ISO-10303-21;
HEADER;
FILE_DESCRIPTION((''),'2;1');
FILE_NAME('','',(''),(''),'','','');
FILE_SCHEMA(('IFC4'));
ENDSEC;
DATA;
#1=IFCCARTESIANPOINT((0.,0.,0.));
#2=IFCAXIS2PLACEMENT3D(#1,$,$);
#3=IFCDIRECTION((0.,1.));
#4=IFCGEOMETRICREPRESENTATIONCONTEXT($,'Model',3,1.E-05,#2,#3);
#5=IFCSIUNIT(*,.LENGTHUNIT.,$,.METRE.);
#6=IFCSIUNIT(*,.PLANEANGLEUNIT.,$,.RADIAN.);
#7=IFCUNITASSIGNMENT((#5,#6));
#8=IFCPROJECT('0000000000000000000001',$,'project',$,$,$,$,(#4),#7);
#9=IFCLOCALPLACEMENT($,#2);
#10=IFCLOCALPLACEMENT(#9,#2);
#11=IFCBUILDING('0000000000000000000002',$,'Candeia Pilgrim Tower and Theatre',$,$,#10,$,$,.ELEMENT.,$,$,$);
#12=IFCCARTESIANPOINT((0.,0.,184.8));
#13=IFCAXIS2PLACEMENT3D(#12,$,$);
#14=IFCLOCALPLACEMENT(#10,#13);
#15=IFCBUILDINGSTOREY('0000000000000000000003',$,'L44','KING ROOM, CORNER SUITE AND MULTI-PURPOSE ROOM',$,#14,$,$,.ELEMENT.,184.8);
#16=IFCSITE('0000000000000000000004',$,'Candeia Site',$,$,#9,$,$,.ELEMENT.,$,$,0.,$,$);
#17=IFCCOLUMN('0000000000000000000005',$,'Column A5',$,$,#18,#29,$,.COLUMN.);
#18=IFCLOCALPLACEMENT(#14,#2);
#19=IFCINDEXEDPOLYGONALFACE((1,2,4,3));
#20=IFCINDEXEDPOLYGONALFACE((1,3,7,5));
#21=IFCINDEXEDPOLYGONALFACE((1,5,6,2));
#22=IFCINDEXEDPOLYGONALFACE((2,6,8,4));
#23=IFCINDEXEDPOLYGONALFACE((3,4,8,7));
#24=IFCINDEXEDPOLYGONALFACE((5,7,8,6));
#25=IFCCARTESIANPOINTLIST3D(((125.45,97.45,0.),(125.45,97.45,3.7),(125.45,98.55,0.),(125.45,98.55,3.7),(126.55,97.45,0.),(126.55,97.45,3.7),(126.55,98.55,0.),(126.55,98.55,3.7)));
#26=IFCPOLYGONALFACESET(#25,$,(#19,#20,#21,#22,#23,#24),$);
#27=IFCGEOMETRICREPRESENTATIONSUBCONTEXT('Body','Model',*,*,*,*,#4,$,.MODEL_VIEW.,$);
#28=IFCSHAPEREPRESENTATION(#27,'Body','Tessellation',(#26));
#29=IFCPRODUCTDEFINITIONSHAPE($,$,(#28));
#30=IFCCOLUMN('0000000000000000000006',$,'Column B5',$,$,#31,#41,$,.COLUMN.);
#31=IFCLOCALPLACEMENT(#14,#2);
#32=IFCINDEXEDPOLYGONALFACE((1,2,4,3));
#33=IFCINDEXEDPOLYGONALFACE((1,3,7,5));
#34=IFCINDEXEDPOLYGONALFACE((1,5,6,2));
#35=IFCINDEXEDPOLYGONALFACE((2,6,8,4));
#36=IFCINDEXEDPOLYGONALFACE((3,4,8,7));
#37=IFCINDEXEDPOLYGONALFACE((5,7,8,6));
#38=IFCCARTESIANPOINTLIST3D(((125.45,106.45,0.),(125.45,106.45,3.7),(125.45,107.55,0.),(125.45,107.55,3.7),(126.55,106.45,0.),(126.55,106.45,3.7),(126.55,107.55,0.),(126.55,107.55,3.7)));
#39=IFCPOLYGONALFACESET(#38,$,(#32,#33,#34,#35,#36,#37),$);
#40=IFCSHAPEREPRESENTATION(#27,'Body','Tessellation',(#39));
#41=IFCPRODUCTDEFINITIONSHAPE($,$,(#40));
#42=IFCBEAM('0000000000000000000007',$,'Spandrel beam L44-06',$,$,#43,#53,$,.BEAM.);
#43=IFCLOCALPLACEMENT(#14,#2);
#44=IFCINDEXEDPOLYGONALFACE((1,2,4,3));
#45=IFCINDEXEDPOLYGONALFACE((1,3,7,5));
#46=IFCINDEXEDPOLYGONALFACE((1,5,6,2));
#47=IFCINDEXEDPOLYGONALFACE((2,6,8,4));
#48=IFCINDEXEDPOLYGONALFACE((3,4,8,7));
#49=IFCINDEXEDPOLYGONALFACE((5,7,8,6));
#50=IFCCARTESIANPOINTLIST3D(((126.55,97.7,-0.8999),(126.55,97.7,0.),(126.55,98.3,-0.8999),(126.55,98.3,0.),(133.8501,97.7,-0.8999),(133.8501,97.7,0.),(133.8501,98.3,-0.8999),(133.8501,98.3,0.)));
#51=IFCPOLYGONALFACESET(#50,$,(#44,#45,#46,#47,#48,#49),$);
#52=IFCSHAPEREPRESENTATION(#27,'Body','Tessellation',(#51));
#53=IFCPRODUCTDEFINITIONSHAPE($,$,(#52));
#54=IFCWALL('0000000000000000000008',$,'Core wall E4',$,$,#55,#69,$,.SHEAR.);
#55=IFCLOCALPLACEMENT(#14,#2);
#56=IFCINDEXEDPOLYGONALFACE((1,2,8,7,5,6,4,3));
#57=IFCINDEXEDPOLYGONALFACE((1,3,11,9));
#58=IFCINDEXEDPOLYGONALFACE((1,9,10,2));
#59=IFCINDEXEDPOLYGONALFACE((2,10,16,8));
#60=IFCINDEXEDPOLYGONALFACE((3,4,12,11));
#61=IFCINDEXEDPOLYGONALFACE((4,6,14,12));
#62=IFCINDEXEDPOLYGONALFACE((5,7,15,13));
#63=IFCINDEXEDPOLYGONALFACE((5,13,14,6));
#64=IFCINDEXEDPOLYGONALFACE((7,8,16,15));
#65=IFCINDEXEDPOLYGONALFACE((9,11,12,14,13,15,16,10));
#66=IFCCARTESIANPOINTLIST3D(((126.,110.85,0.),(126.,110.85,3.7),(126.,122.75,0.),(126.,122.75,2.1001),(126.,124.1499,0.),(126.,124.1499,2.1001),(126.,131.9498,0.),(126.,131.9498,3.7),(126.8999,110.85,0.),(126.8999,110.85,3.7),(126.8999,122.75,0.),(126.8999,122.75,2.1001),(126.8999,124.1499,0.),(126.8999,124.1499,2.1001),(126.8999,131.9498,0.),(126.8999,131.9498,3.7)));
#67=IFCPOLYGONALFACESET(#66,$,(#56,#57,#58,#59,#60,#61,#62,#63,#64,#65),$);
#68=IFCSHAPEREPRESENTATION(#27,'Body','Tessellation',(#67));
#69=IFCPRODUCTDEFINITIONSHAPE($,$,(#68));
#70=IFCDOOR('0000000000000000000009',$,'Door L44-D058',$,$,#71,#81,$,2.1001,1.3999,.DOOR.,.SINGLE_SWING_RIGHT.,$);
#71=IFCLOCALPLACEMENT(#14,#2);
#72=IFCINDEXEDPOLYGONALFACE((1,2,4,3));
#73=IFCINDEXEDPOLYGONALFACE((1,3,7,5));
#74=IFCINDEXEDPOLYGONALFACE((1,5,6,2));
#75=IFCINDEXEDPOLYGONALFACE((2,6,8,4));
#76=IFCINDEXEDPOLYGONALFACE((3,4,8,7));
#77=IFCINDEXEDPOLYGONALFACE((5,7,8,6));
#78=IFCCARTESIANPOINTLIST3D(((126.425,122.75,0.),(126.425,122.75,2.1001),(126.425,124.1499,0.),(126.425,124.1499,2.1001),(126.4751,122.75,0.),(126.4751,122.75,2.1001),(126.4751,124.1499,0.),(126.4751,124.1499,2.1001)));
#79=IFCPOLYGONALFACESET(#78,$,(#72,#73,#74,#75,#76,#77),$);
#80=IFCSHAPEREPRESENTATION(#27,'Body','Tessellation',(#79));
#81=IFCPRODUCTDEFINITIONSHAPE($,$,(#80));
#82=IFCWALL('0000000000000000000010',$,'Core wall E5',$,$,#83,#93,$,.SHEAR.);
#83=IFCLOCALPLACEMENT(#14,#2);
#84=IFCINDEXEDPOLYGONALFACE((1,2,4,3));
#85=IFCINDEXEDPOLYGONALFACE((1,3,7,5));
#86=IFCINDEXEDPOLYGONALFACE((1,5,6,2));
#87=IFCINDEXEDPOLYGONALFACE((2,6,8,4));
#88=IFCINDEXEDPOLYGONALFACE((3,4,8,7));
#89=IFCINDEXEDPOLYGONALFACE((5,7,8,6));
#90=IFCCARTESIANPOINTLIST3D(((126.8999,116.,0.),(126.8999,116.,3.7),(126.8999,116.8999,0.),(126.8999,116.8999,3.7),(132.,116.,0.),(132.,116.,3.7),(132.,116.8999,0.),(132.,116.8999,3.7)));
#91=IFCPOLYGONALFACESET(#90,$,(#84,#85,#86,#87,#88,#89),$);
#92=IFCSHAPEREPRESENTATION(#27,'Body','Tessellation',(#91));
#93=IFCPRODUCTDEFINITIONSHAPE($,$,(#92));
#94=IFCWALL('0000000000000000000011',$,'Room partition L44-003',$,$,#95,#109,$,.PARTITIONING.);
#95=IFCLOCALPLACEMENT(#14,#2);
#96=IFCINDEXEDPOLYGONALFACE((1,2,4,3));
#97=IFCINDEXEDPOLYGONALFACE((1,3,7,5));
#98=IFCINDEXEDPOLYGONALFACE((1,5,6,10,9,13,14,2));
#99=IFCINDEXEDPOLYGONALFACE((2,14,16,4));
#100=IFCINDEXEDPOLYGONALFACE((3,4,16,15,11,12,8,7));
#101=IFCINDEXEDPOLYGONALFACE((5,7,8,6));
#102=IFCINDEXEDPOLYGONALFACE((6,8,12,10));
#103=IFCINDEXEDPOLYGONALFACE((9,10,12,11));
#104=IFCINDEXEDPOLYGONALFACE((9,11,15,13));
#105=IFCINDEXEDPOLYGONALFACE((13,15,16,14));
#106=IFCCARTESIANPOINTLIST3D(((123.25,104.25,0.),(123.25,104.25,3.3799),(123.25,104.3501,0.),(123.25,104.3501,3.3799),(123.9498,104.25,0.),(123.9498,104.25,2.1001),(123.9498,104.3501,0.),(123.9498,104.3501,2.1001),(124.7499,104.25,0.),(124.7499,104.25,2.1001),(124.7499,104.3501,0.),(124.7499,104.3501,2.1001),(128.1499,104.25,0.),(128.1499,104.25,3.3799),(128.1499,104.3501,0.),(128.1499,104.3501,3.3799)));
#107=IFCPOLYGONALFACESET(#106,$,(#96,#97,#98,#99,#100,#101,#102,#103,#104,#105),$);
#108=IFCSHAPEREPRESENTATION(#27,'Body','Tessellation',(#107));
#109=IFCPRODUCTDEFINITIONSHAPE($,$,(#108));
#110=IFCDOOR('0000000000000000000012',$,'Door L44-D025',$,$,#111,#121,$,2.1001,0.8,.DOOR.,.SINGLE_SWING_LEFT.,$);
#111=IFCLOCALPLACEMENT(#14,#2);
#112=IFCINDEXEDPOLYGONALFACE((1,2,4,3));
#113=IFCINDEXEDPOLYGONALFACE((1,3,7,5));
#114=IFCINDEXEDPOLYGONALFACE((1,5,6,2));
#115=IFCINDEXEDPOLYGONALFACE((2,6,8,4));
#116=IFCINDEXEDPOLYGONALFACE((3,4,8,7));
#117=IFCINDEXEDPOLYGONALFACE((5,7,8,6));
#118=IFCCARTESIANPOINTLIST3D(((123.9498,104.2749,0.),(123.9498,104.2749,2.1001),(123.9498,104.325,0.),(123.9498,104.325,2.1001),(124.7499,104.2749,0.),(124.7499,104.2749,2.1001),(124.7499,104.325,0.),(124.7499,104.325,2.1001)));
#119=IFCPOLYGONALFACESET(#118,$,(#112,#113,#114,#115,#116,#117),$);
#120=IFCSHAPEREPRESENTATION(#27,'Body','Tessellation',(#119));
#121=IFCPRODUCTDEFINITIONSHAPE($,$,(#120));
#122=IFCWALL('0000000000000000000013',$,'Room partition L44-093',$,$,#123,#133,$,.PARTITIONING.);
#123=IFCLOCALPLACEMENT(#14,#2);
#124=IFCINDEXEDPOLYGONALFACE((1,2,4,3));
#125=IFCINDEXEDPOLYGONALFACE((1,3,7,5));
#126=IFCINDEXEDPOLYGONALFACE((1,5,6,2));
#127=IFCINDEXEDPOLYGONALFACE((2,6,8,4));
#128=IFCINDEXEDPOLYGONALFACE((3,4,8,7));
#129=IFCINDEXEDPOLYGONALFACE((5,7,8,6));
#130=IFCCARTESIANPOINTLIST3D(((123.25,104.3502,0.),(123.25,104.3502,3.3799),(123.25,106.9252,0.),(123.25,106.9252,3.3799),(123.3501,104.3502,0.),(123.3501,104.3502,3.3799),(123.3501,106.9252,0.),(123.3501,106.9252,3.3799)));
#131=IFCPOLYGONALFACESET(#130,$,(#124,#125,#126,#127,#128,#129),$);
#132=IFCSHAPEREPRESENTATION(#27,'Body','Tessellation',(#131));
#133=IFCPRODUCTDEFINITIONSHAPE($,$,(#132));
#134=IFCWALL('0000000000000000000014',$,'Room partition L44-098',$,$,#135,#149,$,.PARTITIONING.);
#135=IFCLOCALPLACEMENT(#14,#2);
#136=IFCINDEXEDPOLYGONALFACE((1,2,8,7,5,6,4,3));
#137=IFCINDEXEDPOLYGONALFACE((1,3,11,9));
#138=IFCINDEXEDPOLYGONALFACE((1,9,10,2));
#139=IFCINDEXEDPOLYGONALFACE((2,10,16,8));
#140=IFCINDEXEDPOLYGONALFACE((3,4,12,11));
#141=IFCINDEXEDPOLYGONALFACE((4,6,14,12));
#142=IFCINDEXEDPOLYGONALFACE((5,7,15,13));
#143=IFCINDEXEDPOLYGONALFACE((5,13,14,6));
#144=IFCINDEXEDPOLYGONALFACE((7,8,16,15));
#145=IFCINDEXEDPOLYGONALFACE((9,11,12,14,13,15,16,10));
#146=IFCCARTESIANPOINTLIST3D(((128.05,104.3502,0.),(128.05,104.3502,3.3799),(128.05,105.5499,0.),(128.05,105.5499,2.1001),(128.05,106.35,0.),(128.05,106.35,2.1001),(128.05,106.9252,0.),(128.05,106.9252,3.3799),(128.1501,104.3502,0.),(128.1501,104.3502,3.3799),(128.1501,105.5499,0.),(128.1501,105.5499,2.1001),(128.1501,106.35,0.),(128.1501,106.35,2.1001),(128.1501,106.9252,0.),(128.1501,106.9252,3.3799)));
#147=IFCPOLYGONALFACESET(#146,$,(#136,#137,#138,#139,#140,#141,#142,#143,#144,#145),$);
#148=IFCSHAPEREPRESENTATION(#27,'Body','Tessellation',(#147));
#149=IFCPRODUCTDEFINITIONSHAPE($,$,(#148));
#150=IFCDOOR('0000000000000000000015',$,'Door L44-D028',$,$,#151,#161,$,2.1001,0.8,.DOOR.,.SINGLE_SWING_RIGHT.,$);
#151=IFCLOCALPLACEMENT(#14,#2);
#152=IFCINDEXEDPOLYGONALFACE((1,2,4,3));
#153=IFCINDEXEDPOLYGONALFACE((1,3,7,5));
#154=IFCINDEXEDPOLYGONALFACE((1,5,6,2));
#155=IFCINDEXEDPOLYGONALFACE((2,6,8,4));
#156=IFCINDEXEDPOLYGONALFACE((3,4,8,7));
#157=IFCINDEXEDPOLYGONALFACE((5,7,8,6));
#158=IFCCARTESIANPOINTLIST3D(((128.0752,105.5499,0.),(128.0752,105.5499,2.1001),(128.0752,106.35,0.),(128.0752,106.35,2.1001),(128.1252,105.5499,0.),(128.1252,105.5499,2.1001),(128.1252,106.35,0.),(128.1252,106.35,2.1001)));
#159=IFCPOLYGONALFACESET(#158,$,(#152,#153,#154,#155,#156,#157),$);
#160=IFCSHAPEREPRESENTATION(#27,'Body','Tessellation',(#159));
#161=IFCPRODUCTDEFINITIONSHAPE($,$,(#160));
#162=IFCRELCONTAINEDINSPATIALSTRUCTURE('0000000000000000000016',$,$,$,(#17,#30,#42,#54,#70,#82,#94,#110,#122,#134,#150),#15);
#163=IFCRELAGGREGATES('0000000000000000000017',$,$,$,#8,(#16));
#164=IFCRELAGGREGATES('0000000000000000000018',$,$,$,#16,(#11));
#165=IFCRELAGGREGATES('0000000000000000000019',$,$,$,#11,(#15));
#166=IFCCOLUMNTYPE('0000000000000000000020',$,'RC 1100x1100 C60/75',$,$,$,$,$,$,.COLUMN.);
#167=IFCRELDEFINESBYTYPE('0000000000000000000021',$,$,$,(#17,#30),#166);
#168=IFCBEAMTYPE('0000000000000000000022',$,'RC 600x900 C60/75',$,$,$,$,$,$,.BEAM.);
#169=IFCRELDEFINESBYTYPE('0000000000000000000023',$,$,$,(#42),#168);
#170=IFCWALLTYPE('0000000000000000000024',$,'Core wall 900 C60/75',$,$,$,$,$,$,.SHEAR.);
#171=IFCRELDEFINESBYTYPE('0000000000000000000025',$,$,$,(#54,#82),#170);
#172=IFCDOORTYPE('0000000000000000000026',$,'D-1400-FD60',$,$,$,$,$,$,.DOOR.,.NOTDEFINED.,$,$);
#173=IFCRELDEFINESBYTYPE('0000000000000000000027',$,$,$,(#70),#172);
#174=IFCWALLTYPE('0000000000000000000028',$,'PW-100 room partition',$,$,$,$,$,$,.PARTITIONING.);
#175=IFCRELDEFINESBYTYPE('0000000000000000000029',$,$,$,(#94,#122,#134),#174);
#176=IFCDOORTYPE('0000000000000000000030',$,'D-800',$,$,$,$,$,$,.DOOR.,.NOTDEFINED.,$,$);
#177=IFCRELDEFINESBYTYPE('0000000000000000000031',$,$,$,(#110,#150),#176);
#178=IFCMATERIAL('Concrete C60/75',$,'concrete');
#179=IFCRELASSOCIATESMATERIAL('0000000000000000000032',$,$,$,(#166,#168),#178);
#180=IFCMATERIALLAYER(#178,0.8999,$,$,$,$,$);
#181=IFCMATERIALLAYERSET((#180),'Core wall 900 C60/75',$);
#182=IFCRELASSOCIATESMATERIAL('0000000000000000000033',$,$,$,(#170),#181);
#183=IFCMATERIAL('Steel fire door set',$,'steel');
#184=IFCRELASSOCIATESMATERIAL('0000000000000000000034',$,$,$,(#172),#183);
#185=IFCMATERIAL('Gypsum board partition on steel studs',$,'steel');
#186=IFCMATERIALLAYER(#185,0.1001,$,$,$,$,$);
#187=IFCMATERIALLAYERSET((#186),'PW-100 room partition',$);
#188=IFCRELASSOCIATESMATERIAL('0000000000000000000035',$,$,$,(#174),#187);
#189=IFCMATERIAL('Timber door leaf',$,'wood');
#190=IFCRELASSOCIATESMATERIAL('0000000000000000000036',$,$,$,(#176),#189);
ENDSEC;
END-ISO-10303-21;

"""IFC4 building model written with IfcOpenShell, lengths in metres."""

from ifc_helpers import new_model, si_unit, direction, frame, frame_2d, origin, origin_2d, place, context, subcontext, project, spatial, rectangle, extrude, material, layer, layer_set, material_profile, profile_set, type_object, element, fill, save


model = new_model("IFC4")

# Units and contexts
model_context = context("Model", 3, precision=1e-05, world=origin(), true_north=direction((0.0, 1.0)))
body_context = subcontext(model_context, "Body", "Model", "MODEL_VIEW")
ifc_project = project(units=[si_unit("LENGTHUNIT", "METRE"), si_unit("PLANEANGLEUNIT", "RADIAN")], contexts=[model_context])

# Site, building, storey
site_placement = place(None, origin())
site = spatial("IfcSite", under=ifc_project, at=site_placement, Name="Candeia Site", CompositionType="ELEMENT", RefElevation=0.0)
building_placement = place(site_placement, origin())
building = spatial("IfcBuilding", under=site, at=building_placement, Name="Candeia Pilgrim Tower and Theatre", CompositionType="ELEMENT")
storey_placement = place(building_placement, frame((0.0, 0.0, 184.8)))
storey = spatial("IfcBuildingStorey", under=building, at=storey_placement, Name="L44", Description="KING ROOM, CORNER SUITE AND MULTI-PURPOSE ROOM", CompositionType="ELEMENT", Elevation=184.8)

# Columns
ifc_material_1 = material(Name="Concrete C60/75", Category="concrete")
ifc_material_profile_1 = material_profile(ifc_material_1, rectangle(XDim=1.1001, YDim=1.1001, at=origin_2d()))
ifc_profile_set_1 = profile_set([ifc_material_profile_1], Name="Concrete C60/75")
column_type = type_object("IfcColumnType", Name="RC 1100x1100 C60/75", PredefinedType="COLUMN", material=ifc_profile_set_1)
for number, where, z_axis, x_axis, name in (
    (1, (126.0, 98.0, 0.0), (0.0, 0.0, 1.0), (1.0, 0.0, 0.0), "Column A5"),
    (2, (126.0, 107.0, 0.0), (0.0, 0.0, 1.0), (1.0, 0.0, 0.0), "Column B5"),
):
    element("IfcColumn", number, at=place(storey_placement, frame(where, z_axis=z_axis, x_axis=x_axis)), inside=storey, type_object=column_type, Name=name, PredefinedType="COLUMN", context=body_context, shape_type="SweptSolid", body=[
        extrude(rectangle(XDim=1.1001, YDim=1.1001, at=origin_2d()), origin(), (0.0, 0.0, 1.0), 3.7),
    ])

# Beam
ifc_material_profile_2 = material_profile(ifc_material_1, rectangle(XDim=0.6001, YDim=0.8999, at=origin_2d()))
ifc_profile_set_2 = profile_set([ifc_material_profile_2], Name="Concrete C60/75")
beam_type = type_object("IfcBeamType", Name="RC 600x900 C60/75", PredefinedType="BEAM", material=ifc_profile_set_2)
beam_placement = place(storey_placement, frame((126.55, 98.0, -0.45), z_axis=(1.0, 0.0, 0.0), x_axis=(0.0, 1.0, 0.0)))
element("IfcBeam", 3, at=beam_placement, inside=storey, type_object=beam_type, Name="Spandrel beam L44-06", PredefinedType="BEAM", context=body_context, shape_type="SweptSolid", body=[
    extrude(rectangle(XDim=0.6001, YDim=0.8999, at=origin_2d()), origin(), (0.0, 0.0, 1.0), 7.3),
])

# Wall, opening, door
ifc_layer_1 = layer(ifc_material_1, 0.8999)
ifc_layer_set_1 = layer_set([ifc_layer_1], Name="Core wall 900 C60/75")
wall_type_1 = type_object("IfcWallType", Name="Core wall 900 C60/75", PredefinedType="SHEAR", material=ifc_layer_set_1)
wall_1_placement = place(storey_placement, frame((126.45, 110.8501, 0.0), z_axis=(0.0, 0.0, 1.0), x_axis=(0.0, 1.0, 0.0)))
wall_1 = element("IfcWall", 4, at=wall_1_placement, inside=storey, type_object=wall_type_1, Name="Core wall E4", PredefinedType="SHEAR", context=body_context, shape_type="SweptSolid", body=[
    extrude(rectangle(XDim=21.0999, YDim=0.8999, at=frame_2d((10.5498, 0.0))), origin(), (0.0, 0.0, 1.0), 3.7),
])
opening_1_placement = place(wall_1_placement, frame((11.8999, 0.0, 0.0)))
opening_1 = element("IfcOpeningElement", 5, at=opening_1_placement, cuts=wall_1, PredefinedType="OPENING", context=body_context, shape_type="SweptSolid", body=[
    extrude(rectangle(XDim=1.3999, YDim=2.1001, at=frame_2d((0.7, 1.05))), frame((0.0, 0.46, 0.0), z_axis=(0.0, -1.0, 0.0), x_axis=(1.0, 0.0, 0.0)), (0.0, 0.0, 1.0), 0.9199),
])
ifc_material_2 = material(Name="Steel fire door set", Category="steel")
door_type_1 = type_object("IfcDoorType", Name="D-1400-FD60", OperationType="NOTDEFINED", PredefinedType="DOOR", material=ifc_material_2)
door_1_placement = place(opening_1_placement, origin())
door_1 = element("IfcDoor", 6, at=door_1_placement, inside=storey, type_object=door_type_1, Name="Door L44-D058", OperationType="SINGLE_SWING_RIGHT", OverallHeight=2.1001, OverallWidth=1.3999, PredefinedType="DOOR", context=body_context, shape_type="SweptSolid", body=[
    extrude(rectangle(XDim=1.3999, YDim=2.1001, at=frame_2d((0.7, 1.05))), frame((0.0, 0.0249, 0.0), z_axis=(0.0, -1.0, 0.0), x_axis=(1.0, 0.0, 0.0)), (0.0, 0.0, 1.0), 0.05),
])
fill(opening_1, door_1)

# Wall
wall_2_placement = place(storey_placement, frame((126.8999, 116.45, 0.0), z_axis=(0.0, 0.0, 1.0), x_axis=(1.0, 0.0, 0.0)))
element("IfcWall", 7, at=wall_2_placement, inside=storey, type_object=wall_type_1, Name="Core wall E5", PredefinedType="SHEAR", context=body_context, shape_type="SweptSolid", body=[
    extrude(rectangle(XDim=5.1001, YDim=0.8999, at=frame_2d((2.55, 0.0))), origin(), (0.0, 0.0, 1.0), 3.7),
])

# Wall, opening, door
ifc_material_3 = material(Name="Gypsum board partition on steel studs", Category="steel")
ifc_layer_2 = layer(ifc_material_3, 0.1001)
ifc_layer_set_2 = layer_set([ifc_layer_2], Name="PW-100 room partition")
wall_type_2 = type_object("IfcWallType", Name="PW-100 room partition", PredefinedType="PARTITIONING", material=ifc_layer_set_2)
wall_3_placement = place(storey_placement, frame((123.25, 104.3, 0.0), z_axis=(0.0, 0.0, 1.0), x_axis=(1.0, 0.0, 0.0)))
wall_3 = element("IfcWall", 8, at=wall_3_placement, inside=storey, type_object=wall_type_2, Name="Room partition L44-003", PredefinedType="PARTITIONING", context=body_context, shape_type="SweptSolid", body=[
    extrude(rectangle(XDim=4.8999, YDim=0.1001, at=frame_2d((2.45, 0.0))), origin(), (0.0, 0.0, 1.0), 3.3799),
])
opening_2_placement = place(wall_3_placement, frame((0.7, 0.0, 0.0)))
opening_2 = element("IfcOpeningElement", 9, at=opening_2_placement, cuts=wall_3, PredefinedType="OPENING", context=body_context, shape_type="SweptSolid", body=[
    extrude(rectangle(XDim=0.8, YDim=2.1001, at=frame_2d((0.3999, 1.05))), frame((0.0, 0.0601, 0.0), z_axis=(0.0, -1.0, 0.0), x_axis=(1.0, 0.0, 0.0)), (0.0, 0.0, 1.0), 0.1201),
])
ifc_material_4 = material(Name="Timber door leaf", Category="wood")
door_type_2 = type_object("IfcDoorType", Name="D-800", OperationType="NOTDEFINED", PredefinedType="DOOR", material=ifc_material_4)
door_2_placement = place(opening_2_placement, origin())
door_2 = element("IfcDoor", 10, at=door_2_placement, inside=storey, type_object=door_type_2, Name="Door L44-D025", OperationType="SINGLE_SWING_LEFT", OverallHeight=2.1001, OverallWidth=0.8, PredefinedType="DOOR", context=body_context, shape_type="SweptSolid", body=[
    extrude(rectangle(XDim=0.8, YDim=2.1001, at=frame_2d((0.3999, 1.05))), frame((0.0, 0.0249, 0.0), z_axis=(0.0, -1.0, 0.0), x_axis=(1.0, 0.0, 0.0)), (0.0, 0.0, 1.0), 0.05),
])
fill(opening_2, door_2)

# Wall
wall_4_placement = place(storey_placement, frame((123.3, 104.3501, 0.0), z_axis=(0.0, 0.0, 1.0), x_axis=(0.0, 1.0, 0.0)))
element("IfcWall", 11, at=wall_4_placement, inside=storey, type_object=wall_type_2, Name="Room partition L44-093", PredefinedType="PARTITIONING", context=body_context, shape_type="SweptSolid", body=[
    extrude(rectangle(XDim=2.575, YDim=0.1001, at=frame_2d((1.2876, 0.0))), origin(), (0.0, 0.0, 1.0), 3.3799),
])

# Wall, opening, door
wall_5_placement = place(storey_placement, frame((128.1001, 104.3501, 0.0), z_axis=(0.0, 0.0, 1.0), x_axis=(0.0, 1.0, 0.0)))
wall_5 = element("IfcWall", 12, at=wall_5_placement, inside=storey, type_object=wall_type_2, Name="Room partition L44-098", PredefinedType="PARTITIONING", context=body_context, shape_type="SweptSolid", body=[
    extrude(rectangle(XDim=2.575, YDim=0.1001, at=frame_2d((1.2876, 0.0))), origin(), (0.0, 0.0, 1.0), 3.3799),
])
opening_3_placement = place(wall_5_placement, frame((1.2, 0.0, 0.0)))
opening_3 = element("IfcOpeningElement", 13, at=opening_3_placement, cuts=wall_5, PredefinedType="OPENING", context=body_context, shape_type="SweptSolid", body=[
    extrude(rectangle(XDim=0.8, YDim=2.1001, at=frame_2d((0.3999, 1.05))), frame((0.0, 0.0601, 0.0), z_axis=(0.0, -1.0, 0.0), x_axis=(1.0, 0.0, 0.0)), (0.0, 0.0, 1.0), 0.1201),
])
door_3_placement = place(opening_3_placement, origin())
door_3 = element("IfcDoor", 14, at=door_3_placement, inside=storey, type_object=door_type_2, Name="Door L44-D028", OperationType="SINGLE_SWING_RIGHT", OverallHeight=2.1001, OverallWidth=0.8, PredefinedType="DOOR", context=body_context, shape_type="SweptSolid", body=[
    extrude(rectangle(XDim=0.8, YDim=2.1001, at=frame_2d((0.3999, 1.05))), frame((0.0, 0.0249, 0.0), z_axis=(0.0, -1.0, 0.0), x_axis=(1.0, 0.0, 0.0)), (0.0, 0.0, 1.0), 0.05),
])
fill(opening_3, door_3)

save(model, "model.ifc")
